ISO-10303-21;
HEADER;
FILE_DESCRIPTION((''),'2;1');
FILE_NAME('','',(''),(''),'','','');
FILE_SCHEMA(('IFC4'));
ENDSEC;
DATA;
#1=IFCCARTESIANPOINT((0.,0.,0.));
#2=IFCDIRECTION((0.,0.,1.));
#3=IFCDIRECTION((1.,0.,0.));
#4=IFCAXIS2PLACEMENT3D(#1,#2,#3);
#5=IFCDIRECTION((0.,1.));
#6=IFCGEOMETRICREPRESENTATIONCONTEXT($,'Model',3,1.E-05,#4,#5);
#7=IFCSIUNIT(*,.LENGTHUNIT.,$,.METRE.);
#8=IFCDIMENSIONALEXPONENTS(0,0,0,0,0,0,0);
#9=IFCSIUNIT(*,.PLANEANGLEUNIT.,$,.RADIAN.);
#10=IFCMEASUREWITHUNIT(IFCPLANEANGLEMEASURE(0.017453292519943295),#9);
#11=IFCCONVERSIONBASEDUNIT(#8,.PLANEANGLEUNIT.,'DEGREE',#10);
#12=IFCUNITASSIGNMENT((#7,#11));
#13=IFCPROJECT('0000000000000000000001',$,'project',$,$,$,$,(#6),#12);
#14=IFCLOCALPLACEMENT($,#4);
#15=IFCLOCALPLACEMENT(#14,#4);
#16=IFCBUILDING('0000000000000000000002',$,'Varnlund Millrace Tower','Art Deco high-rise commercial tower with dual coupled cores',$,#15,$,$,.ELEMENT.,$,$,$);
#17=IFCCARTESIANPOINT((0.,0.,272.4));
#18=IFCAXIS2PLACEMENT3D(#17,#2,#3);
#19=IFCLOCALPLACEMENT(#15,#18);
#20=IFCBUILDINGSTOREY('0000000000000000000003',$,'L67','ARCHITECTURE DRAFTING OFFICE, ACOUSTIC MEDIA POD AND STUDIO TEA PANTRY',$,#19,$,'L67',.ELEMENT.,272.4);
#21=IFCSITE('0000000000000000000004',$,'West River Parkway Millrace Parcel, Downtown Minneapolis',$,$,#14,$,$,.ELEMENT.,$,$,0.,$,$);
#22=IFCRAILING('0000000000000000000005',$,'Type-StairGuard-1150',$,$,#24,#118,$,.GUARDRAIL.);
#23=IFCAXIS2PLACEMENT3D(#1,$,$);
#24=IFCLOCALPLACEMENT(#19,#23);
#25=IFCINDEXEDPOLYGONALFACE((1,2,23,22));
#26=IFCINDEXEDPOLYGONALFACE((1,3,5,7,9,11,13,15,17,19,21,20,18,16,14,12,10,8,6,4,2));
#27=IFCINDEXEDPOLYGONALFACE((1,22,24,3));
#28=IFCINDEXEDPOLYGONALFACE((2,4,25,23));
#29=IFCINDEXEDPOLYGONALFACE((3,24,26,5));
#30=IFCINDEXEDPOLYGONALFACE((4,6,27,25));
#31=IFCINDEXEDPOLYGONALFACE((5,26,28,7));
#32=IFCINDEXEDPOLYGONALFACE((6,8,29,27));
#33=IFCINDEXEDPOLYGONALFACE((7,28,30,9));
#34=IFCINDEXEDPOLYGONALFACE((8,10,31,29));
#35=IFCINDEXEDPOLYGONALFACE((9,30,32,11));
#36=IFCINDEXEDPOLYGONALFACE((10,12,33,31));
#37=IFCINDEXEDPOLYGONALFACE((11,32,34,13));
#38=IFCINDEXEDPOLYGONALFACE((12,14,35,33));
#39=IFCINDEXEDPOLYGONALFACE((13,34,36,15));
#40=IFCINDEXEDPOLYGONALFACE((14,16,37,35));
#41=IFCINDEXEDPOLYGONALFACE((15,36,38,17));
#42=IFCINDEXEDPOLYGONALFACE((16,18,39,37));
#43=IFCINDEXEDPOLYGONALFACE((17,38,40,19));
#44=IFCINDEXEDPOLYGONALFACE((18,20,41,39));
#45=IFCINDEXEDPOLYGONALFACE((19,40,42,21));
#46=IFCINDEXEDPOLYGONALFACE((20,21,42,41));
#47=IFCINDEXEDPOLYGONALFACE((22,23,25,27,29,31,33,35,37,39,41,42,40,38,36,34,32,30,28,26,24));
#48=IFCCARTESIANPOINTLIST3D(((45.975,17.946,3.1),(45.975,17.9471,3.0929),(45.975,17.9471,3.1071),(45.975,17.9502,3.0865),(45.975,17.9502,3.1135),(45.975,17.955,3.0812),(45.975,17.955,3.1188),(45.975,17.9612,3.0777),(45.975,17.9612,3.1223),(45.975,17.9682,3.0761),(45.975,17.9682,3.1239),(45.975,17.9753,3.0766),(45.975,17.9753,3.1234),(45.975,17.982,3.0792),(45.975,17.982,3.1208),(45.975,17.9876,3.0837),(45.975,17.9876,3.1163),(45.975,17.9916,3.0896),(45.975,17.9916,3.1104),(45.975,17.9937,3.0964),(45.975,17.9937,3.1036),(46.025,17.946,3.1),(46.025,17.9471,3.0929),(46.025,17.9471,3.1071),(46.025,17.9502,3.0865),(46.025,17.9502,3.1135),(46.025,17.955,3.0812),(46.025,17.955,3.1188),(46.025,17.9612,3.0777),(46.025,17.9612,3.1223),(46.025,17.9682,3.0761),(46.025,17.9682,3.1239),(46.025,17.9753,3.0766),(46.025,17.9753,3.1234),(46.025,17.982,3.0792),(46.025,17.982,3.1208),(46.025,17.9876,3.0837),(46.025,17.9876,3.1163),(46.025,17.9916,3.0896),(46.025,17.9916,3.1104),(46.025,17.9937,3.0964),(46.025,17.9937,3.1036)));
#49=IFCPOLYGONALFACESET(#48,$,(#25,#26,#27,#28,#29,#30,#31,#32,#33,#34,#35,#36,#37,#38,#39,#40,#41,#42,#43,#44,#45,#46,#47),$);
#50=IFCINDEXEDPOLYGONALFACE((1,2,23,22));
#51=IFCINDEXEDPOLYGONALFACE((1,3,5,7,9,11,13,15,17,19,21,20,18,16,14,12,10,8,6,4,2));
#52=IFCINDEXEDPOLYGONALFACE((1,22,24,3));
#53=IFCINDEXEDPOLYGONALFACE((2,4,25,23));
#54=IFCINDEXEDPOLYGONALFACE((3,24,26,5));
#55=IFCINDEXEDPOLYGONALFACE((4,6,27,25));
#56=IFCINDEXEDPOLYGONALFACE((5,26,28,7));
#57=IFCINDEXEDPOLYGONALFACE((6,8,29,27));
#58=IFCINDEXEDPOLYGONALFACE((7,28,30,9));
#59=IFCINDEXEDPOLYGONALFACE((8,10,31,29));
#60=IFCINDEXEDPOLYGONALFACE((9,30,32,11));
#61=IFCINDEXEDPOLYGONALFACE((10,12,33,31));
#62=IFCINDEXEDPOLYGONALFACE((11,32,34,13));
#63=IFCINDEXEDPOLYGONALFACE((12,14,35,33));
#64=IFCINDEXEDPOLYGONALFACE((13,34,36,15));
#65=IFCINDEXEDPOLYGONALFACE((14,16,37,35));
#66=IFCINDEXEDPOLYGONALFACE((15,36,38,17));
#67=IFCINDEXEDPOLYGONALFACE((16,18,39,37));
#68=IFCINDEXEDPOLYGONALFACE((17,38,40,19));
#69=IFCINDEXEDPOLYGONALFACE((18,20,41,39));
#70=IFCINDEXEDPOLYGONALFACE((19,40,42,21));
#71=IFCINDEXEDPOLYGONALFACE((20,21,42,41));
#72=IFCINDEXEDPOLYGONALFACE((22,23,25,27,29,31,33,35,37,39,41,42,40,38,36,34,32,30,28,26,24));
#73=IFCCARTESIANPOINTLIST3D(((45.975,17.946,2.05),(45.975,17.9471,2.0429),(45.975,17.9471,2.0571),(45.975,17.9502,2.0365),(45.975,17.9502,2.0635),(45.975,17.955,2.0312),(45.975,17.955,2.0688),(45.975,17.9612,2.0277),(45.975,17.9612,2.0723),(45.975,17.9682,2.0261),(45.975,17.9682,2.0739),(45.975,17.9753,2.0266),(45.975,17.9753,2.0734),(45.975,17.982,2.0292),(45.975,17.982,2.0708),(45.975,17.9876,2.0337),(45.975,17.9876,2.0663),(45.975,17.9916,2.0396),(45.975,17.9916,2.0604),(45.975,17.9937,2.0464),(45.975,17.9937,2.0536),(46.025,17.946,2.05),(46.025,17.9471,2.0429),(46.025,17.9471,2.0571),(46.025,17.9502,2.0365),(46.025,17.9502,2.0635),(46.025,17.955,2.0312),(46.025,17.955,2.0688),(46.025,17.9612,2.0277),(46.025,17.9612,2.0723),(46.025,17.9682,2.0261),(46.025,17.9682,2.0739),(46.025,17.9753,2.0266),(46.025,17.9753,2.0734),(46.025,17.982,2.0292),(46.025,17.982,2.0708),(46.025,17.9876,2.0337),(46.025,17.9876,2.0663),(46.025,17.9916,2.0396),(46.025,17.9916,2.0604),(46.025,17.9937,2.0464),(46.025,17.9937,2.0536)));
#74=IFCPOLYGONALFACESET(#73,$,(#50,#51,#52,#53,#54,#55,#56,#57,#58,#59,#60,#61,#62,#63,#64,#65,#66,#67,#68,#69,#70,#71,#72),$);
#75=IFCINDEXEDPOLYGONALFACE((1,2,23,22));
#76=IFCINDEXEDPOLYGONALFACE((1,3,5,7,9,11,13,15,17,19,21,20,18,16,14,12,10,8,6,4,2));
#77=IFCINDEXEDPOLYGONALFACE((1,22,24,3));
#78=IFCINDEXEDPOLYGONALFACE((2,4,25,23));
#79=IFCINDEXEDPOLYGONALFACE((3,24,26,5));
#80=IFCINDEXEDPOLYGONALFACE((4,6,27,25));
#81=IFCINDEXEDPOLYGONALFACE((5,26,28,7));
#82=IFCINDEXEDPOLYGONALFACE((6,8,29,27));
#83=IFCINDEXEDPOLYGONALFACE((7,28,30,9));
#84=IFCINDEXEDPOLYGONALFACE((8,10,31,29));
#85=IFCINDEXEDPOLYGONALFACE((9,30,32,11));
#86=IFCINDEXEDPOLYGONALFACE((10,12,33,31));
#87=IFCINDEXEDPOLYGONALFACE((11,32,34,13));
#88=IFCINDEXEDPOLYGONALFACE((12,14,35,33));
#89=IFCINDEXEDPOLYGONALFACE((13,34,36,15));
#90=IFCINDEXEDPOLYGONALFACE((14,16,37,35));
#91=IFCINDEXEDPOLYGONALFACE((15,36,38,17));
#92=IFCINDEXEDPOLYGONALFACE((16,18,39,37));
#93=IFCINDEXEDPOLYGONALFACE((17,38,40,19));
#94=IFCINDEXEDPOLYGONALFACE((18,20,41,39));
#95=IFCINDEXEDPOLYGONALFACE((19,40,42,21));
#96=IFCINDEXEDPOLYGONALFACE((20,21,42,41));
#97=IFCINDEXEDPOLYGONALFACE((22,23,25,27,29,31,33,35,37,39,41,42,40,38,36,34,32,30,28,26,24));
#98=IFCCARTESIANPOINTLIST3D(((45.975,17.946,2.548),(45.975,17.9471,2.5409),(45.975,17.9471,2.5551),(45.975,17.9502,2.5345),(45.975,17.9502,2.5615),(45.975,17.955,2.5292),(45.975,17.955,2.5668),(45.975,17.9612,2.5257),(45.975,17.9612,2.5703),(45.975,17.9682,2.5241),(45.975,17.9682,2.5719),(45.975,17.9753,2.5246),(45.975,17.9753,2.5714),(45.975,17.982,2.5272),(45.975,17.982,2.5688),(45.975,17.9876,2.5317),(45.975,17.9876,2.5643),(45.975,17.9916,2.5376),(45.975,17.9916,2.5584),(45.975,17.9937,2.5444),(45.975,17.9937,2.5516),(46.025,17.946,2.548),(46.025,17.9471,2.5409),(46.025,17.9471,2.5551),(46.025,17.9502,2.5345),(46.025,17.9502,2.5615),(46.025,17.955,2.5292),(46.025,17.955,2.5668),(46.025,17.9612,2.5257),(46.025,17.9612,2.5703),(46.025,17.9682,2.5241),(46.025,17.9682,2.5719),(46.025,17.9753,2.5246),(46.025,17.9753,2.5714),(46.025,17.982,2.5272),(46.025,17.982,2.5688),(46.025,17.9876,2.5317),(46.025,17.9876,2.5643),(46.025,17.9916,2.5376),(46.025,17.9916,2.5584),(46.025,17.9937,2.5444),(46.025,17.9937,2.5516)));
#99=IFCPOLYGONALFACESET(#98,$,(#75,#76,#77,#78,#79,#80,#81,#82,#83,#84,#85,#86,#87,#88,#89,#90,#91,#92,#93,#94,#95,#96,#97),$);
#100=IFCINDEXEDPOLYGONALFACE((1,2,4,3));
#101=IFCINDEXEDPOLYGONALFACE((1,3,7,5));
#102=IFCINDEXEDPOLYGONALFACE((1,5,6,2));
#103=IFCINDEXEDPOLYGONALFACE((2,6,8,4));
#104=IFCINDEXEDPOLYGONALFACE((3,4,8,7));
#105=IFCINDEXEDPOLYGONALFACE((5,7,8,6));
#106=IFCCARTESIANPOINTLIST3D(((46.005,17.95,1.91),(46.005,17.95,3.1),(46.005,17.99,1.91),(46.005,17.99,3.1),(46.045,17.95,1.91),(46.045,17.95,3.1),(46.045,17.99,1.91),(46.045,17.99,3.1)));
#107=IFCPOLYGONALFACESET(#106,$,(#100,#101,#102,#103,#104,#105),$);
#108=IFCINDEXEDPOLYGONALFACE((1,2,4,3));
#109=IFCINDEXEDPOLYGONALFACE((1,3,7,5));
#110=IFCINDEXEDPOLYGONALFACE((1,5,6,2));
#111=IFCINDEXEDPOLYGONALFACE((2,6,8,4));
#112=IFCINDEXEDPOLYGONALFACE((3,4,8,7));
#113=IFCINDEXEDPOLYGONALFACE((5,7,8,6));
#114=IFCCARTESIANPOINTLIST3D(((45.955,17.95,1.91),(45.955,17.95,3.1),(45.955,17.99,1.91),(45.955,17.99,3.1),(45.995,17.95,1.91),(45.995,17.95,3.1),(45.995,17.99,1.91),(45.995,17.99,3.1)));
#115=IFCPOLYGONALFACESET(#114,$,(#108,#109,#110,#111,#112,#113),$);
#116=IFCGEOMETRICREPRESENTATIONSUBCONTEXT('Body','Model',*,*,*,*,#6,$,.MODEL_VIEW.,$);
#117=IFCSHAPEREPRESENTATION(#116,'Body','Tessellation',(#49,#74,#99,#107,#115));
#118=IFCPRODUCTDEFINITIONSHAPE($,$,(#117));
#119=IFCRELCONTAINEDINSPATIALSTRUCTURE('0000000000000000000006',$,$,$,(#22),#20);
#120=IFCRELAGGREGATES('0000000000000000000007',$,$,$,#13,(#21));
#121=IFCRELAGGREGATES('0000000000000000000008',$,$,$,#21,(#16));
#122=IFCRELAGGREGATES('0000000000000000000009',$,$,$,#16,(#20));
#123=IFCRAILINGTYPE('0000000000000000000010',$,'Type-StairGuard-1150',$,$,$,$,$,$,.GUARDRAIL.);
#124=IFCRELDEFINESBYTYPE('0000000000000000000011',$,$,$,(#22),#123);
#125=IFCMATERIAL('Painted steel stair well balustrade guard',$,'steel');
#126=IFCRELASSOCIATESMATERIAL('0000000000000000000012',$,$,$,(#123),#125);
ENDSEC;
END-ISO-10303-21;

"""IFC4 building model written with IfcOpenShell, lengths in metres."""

from ifc_helpers import new_model, entity, si_unit, converted_unit, direction, frame, origin_with_axes, origin_2d_with_axis, place, context, subcontext, project, spatial, rectangle, circle, extrude, material, type_object, element, save


model = new_model("IFC4")

# Units and contexts
model_context = context("Model", 3, precision=1e-05, world=origin_with_axes(), true_north=direction((0.0, 1.0)))
body_context = subcontext(model_context, "Body", "Model", "MODEL_VIEW")
ifc_project = project(units=[si_unit("LENGTHUNIT", "METRE"), converted_unit("PLANEANGLEUNIT", "DEGREE", entity("IfcPlaneAngleMeasure", 0.017453292519943295), si_unit("PLANEANGLEUNIT", "RADIAN"), dimensions=[0, 0, 0, 0, 0, 0, 0])], contexts=[model_context])

# Site, building, storey
site_placement = place(None, origin_with_axes())
site = spatial("IfcSite", under=ifc_project, at=site_placement, Name="West River Parkway Millrace Parcel, Downtown Minneapolis", CompositionType="ELEMENT", RefElevation=0.0)
building_placement = place(site_placement, origin_with_axes())
building = spatial("IfcBuilding", under=site, at=building_placement, Name="Varnlund Millrace Tower", Description="Art Deco high-rise commercial tower with dual coupled cores", CompositionType="ELEMENT")
storey_placement = place(building_placement, frame((0.0, 0.0, 272.4), z_axis=(0.0, 0.0, 1.0), x_axis=(1.0, 0.0, 0.0)))
storey = spatial("IfcBuildingStorey", under=building, at=storey_placement, Name="L67", Description="ARCHITECTURE DRAFTING OFFICE, ACOUSTIC MEDIA POD AND STUDIO TEA PANTRY", LongName="L67", CompositionType="ELEMENT", Elevation=272.4)

# Railing
ifc_material_1 = material(Name="Painted steel stair well balustrade guard", Category="steel")
railing_type_1 = type_object("IfcRailingType", Name="Type-StairGuard-1150", PredefinedType="GUARDRAIL", material=ifc_material_1)
railing_1_placement = place(storey_placement, frame((0.0, 0.0, -272.4), z_axis=(0.0, 0.0, 1.0), x_axis=(1.0, 0.0, 0.0)))
element("IfcRailing", 1, at=railing_1_placement, inside=storey, type_object=railing_type_1, Name="Type-StairGuard-1150", PredefinedType="GUARDRAIL", context=body_context, shape_type="SweptSolid", body=[
    extrude(circle(Radius=0.024, at=origin_2d_with_axis()), frame((46.025, 17.97, 275.5), z_axis=(-1.0, 0.0, 0.0), x_axis=(0.0, -1.0, 0.0)), (0.0, 0.0, 1.0), 0.05),
    extrude(circle(Radius=0.024, at=origin_2d_with_axis()), frame((46.025, 17.97, 274.45), z_axis=(-1.0, 0.0, 0.0), x_axis=(0.0, -1.0, 0.0)), (0.0, 0.0, 1.0), 0.05),
    extrude(circle(Radius=0.024, at=origin_2d_with_axis()), frame((46.025, 17.97, 274.948), z_axis=(-1.0, 0.0, 0.0), x_axis=(0.0, -1.0, 0.0)), (0.0, 0.0, 1.0), 0.05),
    extrude(rectangle(XDim=0.04, YDim=0.04, at=origin_2d_with_axis()), frame((46.025, 17.97, 274.31), z_axis=(0.0, 0.0, 1.0), x_axis=(1.0, 0.0, 0.0)), (0.0, 0.0, 1.0), 1.19),
    extrude(rectangle(XDim=0.04, YDim=0.04, at=origin_2d_with_axis()), frame((45.975, 17.97, 274.31), z_axis=(0.0, 0.0, 1.0), x_axis=(1.0, 0.0, 0.0)), (0.0, 0.0, 1.0), 1.19),
])

save(model, "model.ifc")
